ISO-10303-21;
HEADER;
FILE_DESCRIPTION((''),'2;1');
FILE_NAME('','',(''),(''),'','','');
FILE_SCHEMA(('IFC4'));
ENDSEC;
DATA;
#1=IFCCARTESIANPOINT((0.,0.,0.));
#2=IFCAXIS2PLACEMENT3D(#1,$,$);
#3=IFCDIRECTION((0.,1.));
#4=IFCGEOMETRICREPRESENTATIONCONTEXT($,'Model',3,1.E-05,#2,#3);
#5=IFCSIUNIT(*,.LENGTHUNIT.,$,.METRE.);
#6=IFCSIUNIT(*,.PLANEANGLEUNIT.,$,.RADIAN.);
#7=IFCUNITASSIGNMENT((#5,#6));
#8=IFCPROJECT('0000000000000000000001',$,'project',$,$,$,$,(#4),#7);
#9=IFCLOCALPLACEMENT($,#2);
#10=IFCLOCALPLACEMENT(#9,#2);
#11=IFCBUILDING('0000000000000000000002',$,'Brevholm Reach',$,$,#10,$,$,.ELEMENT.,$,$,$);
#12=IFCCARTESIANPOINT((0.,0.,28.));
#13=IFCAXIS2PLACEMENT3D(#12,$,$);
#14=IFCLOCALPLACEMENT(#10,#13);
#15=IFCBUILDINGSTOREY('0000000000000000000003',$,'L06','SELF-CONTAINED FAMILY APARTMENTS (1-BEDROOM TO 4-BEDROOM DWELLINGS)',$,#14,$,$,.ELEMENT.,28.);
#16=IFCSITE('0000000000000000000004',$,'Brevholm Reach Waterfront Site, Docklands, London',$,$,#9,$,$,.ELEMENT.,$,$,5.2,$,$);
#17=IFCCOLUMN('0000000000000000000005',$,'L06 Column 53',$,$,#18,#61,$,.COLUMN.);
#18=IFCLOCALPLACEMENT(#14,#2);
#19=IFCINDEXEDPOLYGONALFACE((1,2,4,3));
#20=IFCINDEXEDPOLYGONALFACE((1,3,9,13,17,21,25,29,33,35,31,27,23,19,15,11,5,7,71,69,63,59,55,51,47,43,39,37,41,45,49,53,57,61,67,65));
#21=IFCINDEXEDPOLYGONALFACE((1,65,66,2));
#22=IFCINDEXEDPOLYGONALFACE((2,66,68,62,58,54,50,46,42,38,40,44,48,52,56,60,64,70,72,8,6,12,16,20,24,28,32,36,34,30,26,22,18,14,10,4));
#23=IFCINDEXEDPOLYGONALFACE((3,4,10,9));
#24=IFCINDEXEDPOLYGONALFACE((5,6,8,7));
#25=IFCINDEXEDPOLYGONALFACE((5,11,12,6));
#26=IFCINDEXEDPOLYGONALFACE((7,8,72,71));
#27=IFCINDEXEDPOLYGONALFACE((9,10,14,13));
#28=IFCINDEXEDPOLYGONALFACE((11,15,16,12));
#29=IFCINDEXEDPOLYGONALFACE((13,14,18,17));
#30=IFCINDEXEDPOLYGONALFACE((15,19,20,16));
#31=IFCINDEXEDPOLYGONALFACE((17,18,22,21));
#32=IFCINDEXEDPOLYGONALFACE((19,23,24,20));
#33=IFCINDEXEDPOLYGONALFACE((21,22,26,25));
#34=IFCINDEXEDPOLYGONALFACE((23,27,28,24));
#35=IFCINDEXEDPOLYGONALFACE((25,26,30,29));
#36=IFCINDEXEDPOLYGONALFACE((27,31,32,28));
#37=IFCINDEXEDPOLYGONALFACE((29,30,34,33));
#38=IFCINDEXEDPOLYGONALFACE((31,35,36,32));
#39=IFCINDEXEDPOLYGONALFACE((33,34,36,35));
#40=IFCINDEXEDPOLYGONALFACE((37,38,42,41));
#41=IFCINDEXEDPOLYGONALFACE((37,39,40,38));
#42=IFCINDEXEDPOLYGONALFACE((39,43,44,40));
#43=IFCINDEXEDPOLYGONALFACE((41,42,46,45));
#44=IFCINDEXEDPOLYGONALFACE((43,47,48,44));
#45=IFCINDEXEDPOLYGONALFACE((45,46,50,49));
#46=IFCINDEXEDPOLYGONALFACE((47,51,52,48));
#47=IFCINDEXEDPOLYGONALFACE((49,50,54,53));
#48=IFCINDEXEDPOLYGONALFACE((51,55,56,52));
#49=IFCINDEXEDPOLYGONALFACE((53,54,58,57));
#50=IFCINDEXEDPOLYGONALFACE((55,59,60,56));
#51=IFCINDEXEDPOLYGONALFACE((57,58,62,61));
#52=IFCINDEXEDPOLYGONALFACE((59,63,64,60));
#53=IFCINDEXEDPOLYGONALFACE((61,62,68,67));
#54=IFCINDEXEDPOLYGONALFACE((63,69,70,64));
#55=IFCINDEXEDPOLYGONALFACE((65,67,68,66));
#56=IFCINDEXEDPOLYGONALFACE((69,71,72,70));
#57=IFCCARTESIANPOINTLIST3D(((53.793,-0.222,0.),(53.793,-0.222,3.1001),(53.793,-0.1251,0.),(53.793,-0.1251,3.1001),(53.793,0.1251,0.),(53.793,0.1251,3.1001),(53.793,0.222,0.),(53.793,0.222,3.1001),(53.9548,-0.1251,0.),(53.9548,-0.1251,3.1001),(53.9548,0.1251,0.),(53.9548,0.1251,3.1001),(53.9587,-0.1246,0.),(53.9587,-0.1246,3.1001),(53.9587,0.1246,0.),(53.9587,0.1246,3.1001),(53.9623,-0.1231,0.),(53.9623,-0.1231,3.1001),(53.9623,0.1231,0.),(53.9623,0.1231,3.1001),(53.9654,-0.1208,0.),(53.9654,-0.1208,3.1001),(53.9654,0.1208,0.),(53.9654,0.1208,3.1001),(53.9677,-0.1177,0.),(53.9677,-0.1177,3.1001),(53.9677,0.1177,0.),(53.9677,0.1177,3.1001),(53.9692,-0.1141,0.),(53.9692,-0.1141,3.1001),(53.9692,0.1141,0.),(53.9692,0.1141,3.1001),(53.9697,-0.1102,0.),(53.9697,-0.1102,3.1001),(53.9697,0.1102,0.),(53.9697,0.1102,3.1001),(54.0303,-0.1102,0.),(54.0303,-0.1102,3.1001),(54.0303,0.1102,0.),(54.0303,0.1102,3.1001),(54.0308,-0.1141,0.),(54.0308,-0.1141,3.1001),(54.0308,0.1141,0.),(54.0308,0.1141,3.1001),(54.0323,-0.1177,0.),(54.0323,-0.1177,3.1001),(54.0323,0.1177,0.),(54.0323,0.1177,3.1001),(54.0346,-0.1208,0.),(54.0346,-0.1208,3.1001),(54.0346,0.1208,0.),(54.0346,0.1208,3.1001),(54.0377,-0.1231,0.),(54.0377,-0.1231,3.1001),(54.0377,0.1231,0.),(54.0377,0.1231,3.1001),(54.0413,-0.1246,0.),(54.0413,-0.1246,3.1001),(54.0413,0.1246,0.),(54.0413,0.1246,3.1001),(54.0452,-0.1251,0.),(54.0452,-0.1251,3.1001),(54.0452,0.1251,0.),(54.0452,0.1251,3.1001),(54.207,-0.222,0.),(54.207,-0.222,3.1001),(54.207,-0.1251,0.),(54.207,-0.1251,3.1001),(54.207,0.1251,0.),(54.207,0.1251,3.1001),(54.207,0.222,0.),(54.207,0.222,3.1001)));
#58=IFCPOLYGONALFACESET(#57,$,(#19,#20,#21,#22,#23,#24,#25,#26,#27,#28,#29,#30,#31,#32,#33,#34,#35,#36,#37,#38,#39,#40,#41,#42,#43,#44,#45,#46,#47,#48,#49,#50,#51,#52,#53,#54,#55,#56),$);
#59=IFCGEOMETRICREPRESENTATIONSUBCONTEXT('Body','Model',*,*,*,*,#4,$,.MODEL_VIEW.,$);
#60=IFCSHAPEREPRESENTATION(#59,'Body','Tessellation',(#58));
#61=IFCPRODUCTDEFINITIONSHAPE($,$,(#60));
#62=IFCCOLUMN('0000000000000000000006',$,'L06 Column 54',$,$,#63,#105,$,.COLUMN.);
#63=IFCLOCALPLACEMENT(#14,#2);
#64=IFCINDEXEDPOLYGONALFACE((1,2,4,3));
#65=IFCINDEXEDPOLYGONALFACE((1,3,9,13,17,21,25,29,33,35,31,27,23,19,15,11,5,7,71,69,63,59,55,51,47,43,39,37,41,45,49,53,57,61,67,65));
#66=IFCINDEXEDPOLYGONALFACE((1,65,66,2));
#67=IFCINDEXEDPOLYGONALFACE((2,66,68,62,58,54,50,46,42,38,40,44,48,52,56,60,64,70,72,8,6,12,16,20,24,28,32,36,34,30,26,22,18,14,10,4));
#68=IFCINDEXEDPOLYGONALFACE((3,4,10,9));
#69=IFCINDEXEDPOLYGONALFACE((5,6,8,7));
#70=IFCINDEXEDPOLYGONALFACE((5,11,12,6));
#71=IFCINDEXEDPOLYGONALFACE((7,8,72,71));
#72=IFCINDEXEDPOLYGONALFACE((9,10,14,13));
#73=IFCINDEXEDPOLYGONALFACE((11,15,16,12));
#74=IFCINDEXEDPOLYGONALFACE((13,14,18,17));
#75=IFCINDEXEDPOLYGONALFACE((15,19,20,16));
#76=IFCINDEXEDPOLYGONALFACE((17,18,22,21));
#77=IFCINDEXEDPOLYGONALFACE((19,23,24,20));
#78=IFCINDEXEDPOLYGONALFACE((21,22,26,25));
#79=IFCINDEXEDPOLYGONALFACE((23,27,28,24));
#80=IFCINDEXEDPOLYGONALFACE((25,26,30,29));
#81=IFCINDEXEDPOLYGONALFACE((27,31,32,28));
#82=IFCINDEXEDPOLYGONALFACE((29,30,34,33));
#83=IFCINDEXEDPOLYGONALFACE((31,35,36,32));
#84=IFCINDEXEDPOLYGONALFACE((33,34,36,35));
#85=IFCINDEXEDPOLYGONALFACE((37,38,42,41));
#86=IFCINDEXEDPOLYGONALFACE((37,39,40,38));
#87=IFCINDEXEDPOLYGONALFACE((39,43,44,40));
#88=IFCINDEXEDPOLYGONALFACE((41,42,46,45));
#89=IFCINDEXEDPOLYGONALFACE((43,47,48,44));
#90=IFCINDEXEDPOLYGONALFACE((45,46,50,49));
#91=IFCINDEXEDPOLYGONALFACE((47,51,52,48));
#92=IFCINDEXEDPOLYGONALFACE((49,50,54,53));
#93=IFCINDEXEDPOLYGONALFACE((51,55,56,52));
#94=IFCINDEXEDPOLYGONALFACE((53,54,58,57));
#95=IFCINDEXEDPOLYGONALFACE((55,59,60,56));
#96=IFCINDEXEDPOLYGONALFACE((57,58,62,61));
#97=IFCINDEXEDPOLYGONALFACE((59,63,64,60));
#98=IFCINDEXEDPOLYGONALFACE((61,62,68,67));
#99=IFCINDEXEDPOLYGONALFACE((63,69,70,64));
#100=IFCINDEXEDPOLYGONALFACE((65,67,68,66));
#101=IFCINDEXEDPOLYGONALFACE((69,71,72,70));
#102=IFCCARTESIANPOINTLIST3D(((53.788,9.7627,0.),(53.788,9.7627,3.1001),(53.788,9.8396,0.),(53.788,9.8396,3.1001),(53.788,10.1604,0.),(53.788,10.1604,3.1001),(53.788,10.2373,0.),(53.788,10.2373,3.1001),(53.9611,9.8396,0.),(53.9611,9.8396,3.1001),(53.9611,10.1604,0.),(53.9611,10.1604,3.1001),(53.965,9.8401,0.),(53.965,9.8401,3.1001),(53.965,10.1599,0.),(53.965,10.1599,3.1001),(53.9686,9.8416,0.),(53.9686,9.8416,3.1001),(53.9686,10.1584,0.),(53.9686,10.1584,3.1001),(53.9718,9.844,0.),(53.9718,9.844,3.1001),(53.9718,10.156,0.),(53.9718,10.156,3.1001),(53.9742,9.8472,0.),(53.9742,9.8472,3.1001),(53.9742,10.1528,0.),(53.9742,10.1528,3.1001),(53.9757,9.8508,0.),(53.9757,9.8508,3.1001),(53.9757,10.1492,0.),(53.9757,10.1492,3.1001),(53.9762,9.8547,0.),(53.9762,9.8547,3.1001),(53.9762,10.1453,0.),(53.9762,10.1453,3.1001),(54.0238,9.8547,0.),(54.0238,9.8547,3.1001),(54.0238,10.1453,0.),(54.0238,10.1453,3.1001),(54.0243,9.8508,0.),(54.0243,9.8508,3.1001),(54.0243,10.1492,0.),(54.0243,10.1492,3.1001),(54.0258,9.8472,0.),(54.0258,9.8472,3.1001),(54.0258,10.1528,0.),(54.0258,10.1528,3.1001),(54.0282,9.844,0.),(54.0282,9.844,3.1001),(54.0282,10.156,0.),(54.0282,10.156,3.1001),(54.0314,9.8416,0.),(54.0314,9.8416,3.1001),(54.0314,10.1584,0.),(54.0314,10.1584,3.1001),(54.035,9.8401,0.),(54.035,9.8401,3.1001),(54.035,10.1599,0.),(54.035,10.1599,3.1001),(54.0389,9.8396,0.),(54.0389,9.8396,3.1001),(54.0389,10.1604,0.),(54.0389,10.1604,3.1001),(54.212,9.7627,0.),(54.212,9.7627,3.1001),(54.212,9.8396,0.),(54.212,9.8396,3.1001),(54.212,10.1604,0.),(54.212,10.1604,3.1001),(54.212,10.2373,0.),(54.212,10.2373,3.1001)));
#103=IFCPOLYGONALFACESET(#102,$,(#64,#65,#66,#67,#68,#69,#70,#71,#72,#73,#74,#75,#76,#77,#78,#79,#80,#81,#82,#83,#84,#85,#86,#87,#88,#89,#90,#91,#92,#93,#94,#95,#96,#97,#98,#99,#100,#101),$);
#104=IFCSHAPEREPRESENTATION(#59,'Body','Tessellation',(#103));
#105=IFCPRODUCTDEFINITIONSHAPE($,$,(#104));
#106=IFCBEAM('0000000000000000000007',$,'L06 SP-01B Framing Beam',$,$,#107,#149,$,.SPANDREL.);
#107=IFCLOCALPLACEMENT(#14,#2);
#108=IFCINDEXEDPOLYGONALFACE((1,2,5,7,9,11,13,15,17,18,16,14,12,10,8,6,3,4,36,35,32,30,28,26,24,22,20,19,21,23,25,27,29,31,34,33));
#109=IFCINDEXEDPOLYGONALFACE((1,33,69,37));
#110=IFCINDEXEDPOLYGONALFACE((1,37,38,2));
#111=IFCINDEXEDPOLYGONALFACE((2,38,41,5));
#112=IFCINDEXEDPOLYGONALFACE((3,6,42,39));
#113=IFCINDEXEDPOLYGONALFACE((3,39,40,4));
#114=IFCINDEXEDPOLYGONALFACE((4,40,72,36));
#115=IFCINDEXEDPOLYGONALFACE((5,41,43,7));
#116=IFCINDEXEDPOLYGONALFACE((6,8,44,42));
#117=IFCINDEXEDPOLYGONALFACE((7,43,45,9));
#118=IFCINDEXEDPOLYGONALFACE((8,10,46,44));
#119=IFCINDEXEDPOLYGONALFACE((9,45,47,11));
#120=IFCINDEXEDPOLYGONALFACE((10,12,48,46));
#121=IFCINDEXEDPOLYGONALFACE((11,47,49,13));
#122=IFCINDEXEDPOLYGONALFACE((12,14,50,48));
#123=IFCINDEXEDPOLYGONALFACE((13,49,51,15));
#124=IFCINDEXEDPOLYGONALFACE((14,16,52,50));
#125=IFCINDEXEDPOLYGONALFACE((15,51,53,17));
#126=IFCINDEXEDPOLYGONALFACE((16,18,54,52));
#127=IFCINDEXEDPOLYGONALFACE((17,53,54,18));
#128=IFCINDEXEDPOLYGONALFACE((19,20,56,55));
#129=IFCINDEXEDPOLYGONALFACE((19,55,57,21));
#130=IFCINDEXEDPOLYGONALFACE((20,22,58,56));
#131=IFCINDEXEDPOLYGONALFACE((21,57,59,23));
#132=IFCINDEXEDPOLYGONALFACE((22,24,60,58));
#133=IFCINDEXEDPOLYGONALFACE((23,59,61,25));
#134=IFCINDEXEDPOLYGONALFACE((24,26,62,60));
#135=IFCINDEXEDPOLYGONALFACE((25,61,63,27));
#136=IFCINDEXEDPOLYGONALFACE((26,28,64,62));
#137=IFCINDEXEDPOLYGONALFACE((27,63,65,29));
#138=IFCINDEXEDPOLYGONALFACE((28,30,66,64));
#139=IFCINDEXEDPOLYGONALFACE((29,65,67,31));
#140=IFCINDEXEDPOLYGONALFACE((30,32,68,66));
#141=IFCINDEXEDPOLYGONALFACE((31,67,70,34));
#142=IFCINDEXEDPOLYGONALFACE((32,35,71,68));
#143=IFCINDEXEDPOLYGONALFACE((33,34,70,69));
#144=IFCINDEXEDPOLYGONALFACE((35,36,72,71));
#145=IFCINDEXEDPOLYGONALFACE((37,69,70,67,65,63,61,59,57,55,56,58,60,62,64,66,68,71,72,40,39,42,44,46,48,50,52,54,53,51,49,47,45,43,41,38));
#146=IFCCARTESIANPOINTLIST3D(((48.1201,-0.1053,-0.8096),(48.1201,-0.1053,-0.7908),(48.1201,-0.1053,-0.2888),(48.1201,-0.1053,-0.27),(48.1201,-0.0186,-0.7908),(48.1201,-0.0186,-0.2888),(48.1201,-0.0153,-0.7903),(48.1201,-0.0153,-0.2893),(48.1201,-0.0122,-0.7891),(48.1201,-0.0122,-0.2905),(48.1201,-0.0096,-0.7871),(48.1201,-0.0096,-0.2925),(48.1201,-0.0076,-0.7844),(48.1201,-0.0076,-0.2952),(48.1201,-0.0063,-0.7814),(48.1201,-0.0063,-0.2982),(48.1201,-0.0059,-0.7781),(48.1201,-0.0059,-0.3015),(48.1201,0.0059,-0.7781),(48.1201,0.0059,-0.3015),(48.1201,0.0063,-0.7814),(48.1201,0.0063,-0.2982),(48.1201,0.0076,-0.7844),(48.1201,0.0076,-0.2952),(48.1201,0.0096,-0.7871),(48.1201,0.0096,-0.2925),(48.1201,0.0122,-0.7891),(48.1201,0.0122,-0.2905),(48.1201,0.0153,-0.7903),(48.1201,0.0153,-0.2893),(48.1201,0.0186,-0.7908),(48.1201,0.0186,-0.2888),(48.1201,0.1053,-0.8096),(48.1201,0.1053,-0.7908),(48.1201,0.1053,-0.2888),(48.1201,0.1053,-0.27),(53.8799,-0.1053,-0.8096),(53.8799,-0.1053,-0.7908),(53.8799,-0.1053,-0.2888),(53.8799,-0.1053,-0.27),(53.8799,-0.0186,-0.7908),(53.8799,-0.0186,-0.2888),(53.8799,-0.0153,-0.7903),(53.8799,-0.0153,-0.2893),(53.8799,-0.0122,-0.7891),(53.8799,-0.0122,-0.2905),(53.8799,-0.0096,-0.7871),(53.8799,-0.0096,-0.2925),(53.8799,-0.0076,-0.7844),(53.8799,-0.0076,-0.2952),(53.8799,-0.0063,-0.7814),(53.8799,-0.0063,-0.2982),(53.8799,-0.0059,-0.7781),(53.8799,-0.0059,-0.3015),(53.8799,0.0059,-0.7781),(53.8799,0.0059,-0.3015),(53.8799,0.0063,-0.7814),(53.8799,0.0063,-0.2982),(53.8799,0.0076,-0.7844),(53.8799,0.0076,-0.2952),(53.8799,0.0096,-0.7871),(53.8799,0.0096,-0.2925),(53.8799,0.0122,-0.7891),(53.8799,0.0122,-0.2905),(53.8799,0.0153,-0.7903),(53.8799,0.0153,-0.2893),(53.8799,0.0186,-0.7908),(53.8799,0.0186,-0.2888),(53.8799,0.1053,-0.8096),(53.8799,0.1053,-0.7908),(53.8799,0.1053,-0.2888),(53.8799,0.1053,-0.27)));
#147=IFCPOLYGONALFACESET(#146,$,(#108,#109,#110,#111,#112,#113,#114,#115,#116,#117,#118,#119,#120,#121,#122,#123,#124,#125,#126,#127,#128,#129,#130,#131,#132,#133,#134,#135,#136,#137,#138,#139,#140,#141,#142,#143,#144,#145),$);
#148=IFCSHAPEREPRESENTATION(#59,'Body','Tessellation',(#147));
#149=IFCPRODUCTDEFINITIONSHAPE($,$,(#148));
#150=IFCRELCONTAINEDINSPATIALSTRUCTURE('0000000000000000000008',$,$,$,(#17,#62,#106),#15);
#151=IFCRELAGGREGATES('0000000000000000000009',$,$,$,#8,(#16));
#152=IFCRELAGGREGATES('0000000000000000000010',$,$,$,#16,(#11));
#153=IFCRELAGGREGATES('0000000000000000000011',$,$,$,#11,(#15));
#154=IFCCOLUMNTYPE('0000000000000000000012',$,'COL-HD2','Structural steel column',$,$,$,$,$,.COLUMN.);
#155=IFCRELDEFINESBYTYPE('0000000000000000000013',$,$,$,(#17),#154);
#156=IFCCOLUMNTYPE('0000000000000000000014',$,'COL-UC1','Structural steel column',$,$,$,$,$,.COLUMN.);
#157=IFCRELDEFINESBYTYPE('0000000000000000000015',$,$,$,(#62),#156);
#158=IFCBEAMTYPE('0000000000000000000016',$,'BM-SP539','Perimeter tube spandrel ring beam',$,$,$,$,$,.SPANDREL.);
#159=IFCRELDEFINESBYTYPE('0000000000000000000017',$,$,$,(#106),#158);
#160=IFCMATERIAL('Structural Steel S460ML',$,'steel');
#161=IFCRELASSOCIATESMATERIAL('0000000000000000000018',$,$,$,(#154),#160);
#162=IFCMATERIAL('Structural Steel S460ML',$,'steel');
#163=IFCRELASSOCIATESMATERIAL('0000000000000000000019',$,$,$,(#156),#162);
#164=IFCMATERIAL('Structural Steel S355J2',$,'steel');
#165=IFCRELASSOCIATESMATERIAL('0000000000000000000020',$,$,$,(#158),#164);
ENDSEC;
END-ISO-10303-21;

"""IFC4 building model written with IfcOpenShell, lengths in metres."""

from ifc_helpers import new_model, si_unit, direction, frame, origin, origin_2d, place, context, subcontext, project, spatial, i_section, extrude, material, material_profile, profile_set, type_object, element, save


model = new_model("IFC4")

# Units and contexts
model_context = context("Model", 3, precision=1e-05, world=origin(), true_north=direction((0.0, 1.0)))
body_context = subcontext(model_context, "Body", "Model", "MODEL_VIEW")
ifc_project = project(units=[si_unit("LENGTHUNIT", "METRE"), si_unit("PLANEANGLEUNIT", "RADIAN")], contexts=[model_context])

# Site, building, storey
site_placement = place(None, origin())
site = spatial("IfcSite", under=ifc_project, at=site_placement, Name="Brevholm Reach Waterfront Site, Docklands, London", CompositionType="ELEMENT", RefElevation=5.2)
building_placement = place(site_placement, origin())
building = spatial("IfcBuilding", under=site, at=building_placement, Name="Brevholm Reach", CompositionType="ELEMENT")
storey_placement = place(building_placement, frame((0.0, 0.0, 28.0)))
storey = spatial("IfcBuildingStorey", under=building, at=storey_placement, Name="L06", Description="SELF-CONTAINED FAMILY APARTMENTS (1-BEDROOM TO 4-BEDROOM DWELLINGS)", CompositionType="ELEMENT", Elevation=28.0)

# Columns
ifc_material_1 = material(Name="Structural Steel S460ML", Category="steel")
ifc_material_profile_1 = material_profile(ifc_material_1, i_section(OverallWidth=0.4141, OverallDepth=0.4441, WebThickness=0.0605, FlangeThickness=0.0969, FilletRadius=0.0149, at=origin_2d()), Name="HD 400x818")
ifc_profile_set_1 = profile_set([ifc_material_profile_1], Name="Structural Steel S460ML")
column_type_1 = type_object("IfcColumnType", Name="COL-HD2", Description="Structural steel column", PredefinedType="COLUMN", material=ifc_profile_set_1)
column_1_placement = place(storey_placement, frame((54.0, 0.0, 0.0), z_axis=(0.0, 0.0, 1.0), x_axis=(1.0, 0.0, 0.0)))
element("IfcColumn", 1, at=column_1_placement, inside=storey, type_object=column_type_1, Name="L06 Column 53", PredefinedType="COLUMN", context=body_context, shape_type="SweptSolid", body=[
    extrude(i_section(OverallWidth=0.4141, OverallDepth=0.4441, WebThickness=0.0605, FlangeThickness=0.0969, FilletRadius=0.0149, at=origin_2d()), origin(), (0.0, 0.0, 1.0), 3.1001),
])
ifc_material_2 = material(Name="Structural Steel S460ML", Category="steel")
ifc_material_profile_2 = material_profile(ifc_material_2, i_section(OverallWidth=0.4241, OverallDepth=0.4746, WebThickness=0.0476, FlangeThickness=0.0769, FilletRadius=0.0151, at=origin_2d()), Name="UKC 356x406x634")
ifc_profile_set_2 = profile_set([ifc_material_profile_2], Name="Structural Steel S460ML")
column_type_2 = type_object("IfcColumnType", Name="COL-UC1", Description="Structural steel column", PredefinedType="COLUMN", material=ifc_profile_set_2)
column_2_placement = place(storey_placement, frame((54.0, 10.0, 0.0), z_axis=(0.0, 0.0, 1.0), x_axis=(1.0, 0.0, 0.0)))
element("IfcColumn", 2, at=column_2_placement, inside=storey, type_object=column_type_2, Name="L06 Column 54", PredefinedType="COLUMN", context=body_context, shape_type="SweptSolid", body=[
    extrude(i_section(OverallWidth=0.4241, OverallDepth=0.4746, WebThickness=0.0476, FlangeThickness=0.0769, FilletRadius=0.0151, at=origin_2d()), origin(), (0.0, 0.0, 1.0), 3.1001),
])

# Beam
ifc_material_3 = material(Name="Structural Steel S355J2", Category="steel")
ifc_material_profile_3 = material_profile(ifc_material_3, i_section(OverallWidth=0.2107, OverallDepth=0.5396, WebThickness=0.0117, FlangeThickness=0.0188, FilletRadius=0.0127, at=origin_2d()), Name="UKB 533x210x109")
ifc_profile_set_3 = profile_set([ifc_material_profile_3], Name="Structural Steel S355J2")
beam_type_1 = type_object("IfcBeamType", Name="BM-SP539", Description="Perimeter tube spandrel ring beam", PredefinedType="SPANDREL", material=ifc_profile_set_3)
beam_1_placement = place(storey_placement, frame((48.1201, 0.0, -0.5398), z_axis=(1.0, 0.0, 0.0), x_axis=(0.0, 1.0, 0.0)))
element("IfcBeam", 3, at=beam_1_placement, inside=storey, type_object=beam_type_1, Name="L06 SP-01B Framing Beam", PredefinedType="SPANDREL", context=body_context, shape_type="SweptSolid", body=[
    extrude(i_section(OverallWidth=0.2107, OverallDepth=0.5396, WebThickness=0.0117, FlangeThickness=0.0188, FilletRadius=0.0127, at=origin_2d()), origin(), (0.0, 0.0, 1.0), 5.7598),
])

save(model, "model.ifc")
